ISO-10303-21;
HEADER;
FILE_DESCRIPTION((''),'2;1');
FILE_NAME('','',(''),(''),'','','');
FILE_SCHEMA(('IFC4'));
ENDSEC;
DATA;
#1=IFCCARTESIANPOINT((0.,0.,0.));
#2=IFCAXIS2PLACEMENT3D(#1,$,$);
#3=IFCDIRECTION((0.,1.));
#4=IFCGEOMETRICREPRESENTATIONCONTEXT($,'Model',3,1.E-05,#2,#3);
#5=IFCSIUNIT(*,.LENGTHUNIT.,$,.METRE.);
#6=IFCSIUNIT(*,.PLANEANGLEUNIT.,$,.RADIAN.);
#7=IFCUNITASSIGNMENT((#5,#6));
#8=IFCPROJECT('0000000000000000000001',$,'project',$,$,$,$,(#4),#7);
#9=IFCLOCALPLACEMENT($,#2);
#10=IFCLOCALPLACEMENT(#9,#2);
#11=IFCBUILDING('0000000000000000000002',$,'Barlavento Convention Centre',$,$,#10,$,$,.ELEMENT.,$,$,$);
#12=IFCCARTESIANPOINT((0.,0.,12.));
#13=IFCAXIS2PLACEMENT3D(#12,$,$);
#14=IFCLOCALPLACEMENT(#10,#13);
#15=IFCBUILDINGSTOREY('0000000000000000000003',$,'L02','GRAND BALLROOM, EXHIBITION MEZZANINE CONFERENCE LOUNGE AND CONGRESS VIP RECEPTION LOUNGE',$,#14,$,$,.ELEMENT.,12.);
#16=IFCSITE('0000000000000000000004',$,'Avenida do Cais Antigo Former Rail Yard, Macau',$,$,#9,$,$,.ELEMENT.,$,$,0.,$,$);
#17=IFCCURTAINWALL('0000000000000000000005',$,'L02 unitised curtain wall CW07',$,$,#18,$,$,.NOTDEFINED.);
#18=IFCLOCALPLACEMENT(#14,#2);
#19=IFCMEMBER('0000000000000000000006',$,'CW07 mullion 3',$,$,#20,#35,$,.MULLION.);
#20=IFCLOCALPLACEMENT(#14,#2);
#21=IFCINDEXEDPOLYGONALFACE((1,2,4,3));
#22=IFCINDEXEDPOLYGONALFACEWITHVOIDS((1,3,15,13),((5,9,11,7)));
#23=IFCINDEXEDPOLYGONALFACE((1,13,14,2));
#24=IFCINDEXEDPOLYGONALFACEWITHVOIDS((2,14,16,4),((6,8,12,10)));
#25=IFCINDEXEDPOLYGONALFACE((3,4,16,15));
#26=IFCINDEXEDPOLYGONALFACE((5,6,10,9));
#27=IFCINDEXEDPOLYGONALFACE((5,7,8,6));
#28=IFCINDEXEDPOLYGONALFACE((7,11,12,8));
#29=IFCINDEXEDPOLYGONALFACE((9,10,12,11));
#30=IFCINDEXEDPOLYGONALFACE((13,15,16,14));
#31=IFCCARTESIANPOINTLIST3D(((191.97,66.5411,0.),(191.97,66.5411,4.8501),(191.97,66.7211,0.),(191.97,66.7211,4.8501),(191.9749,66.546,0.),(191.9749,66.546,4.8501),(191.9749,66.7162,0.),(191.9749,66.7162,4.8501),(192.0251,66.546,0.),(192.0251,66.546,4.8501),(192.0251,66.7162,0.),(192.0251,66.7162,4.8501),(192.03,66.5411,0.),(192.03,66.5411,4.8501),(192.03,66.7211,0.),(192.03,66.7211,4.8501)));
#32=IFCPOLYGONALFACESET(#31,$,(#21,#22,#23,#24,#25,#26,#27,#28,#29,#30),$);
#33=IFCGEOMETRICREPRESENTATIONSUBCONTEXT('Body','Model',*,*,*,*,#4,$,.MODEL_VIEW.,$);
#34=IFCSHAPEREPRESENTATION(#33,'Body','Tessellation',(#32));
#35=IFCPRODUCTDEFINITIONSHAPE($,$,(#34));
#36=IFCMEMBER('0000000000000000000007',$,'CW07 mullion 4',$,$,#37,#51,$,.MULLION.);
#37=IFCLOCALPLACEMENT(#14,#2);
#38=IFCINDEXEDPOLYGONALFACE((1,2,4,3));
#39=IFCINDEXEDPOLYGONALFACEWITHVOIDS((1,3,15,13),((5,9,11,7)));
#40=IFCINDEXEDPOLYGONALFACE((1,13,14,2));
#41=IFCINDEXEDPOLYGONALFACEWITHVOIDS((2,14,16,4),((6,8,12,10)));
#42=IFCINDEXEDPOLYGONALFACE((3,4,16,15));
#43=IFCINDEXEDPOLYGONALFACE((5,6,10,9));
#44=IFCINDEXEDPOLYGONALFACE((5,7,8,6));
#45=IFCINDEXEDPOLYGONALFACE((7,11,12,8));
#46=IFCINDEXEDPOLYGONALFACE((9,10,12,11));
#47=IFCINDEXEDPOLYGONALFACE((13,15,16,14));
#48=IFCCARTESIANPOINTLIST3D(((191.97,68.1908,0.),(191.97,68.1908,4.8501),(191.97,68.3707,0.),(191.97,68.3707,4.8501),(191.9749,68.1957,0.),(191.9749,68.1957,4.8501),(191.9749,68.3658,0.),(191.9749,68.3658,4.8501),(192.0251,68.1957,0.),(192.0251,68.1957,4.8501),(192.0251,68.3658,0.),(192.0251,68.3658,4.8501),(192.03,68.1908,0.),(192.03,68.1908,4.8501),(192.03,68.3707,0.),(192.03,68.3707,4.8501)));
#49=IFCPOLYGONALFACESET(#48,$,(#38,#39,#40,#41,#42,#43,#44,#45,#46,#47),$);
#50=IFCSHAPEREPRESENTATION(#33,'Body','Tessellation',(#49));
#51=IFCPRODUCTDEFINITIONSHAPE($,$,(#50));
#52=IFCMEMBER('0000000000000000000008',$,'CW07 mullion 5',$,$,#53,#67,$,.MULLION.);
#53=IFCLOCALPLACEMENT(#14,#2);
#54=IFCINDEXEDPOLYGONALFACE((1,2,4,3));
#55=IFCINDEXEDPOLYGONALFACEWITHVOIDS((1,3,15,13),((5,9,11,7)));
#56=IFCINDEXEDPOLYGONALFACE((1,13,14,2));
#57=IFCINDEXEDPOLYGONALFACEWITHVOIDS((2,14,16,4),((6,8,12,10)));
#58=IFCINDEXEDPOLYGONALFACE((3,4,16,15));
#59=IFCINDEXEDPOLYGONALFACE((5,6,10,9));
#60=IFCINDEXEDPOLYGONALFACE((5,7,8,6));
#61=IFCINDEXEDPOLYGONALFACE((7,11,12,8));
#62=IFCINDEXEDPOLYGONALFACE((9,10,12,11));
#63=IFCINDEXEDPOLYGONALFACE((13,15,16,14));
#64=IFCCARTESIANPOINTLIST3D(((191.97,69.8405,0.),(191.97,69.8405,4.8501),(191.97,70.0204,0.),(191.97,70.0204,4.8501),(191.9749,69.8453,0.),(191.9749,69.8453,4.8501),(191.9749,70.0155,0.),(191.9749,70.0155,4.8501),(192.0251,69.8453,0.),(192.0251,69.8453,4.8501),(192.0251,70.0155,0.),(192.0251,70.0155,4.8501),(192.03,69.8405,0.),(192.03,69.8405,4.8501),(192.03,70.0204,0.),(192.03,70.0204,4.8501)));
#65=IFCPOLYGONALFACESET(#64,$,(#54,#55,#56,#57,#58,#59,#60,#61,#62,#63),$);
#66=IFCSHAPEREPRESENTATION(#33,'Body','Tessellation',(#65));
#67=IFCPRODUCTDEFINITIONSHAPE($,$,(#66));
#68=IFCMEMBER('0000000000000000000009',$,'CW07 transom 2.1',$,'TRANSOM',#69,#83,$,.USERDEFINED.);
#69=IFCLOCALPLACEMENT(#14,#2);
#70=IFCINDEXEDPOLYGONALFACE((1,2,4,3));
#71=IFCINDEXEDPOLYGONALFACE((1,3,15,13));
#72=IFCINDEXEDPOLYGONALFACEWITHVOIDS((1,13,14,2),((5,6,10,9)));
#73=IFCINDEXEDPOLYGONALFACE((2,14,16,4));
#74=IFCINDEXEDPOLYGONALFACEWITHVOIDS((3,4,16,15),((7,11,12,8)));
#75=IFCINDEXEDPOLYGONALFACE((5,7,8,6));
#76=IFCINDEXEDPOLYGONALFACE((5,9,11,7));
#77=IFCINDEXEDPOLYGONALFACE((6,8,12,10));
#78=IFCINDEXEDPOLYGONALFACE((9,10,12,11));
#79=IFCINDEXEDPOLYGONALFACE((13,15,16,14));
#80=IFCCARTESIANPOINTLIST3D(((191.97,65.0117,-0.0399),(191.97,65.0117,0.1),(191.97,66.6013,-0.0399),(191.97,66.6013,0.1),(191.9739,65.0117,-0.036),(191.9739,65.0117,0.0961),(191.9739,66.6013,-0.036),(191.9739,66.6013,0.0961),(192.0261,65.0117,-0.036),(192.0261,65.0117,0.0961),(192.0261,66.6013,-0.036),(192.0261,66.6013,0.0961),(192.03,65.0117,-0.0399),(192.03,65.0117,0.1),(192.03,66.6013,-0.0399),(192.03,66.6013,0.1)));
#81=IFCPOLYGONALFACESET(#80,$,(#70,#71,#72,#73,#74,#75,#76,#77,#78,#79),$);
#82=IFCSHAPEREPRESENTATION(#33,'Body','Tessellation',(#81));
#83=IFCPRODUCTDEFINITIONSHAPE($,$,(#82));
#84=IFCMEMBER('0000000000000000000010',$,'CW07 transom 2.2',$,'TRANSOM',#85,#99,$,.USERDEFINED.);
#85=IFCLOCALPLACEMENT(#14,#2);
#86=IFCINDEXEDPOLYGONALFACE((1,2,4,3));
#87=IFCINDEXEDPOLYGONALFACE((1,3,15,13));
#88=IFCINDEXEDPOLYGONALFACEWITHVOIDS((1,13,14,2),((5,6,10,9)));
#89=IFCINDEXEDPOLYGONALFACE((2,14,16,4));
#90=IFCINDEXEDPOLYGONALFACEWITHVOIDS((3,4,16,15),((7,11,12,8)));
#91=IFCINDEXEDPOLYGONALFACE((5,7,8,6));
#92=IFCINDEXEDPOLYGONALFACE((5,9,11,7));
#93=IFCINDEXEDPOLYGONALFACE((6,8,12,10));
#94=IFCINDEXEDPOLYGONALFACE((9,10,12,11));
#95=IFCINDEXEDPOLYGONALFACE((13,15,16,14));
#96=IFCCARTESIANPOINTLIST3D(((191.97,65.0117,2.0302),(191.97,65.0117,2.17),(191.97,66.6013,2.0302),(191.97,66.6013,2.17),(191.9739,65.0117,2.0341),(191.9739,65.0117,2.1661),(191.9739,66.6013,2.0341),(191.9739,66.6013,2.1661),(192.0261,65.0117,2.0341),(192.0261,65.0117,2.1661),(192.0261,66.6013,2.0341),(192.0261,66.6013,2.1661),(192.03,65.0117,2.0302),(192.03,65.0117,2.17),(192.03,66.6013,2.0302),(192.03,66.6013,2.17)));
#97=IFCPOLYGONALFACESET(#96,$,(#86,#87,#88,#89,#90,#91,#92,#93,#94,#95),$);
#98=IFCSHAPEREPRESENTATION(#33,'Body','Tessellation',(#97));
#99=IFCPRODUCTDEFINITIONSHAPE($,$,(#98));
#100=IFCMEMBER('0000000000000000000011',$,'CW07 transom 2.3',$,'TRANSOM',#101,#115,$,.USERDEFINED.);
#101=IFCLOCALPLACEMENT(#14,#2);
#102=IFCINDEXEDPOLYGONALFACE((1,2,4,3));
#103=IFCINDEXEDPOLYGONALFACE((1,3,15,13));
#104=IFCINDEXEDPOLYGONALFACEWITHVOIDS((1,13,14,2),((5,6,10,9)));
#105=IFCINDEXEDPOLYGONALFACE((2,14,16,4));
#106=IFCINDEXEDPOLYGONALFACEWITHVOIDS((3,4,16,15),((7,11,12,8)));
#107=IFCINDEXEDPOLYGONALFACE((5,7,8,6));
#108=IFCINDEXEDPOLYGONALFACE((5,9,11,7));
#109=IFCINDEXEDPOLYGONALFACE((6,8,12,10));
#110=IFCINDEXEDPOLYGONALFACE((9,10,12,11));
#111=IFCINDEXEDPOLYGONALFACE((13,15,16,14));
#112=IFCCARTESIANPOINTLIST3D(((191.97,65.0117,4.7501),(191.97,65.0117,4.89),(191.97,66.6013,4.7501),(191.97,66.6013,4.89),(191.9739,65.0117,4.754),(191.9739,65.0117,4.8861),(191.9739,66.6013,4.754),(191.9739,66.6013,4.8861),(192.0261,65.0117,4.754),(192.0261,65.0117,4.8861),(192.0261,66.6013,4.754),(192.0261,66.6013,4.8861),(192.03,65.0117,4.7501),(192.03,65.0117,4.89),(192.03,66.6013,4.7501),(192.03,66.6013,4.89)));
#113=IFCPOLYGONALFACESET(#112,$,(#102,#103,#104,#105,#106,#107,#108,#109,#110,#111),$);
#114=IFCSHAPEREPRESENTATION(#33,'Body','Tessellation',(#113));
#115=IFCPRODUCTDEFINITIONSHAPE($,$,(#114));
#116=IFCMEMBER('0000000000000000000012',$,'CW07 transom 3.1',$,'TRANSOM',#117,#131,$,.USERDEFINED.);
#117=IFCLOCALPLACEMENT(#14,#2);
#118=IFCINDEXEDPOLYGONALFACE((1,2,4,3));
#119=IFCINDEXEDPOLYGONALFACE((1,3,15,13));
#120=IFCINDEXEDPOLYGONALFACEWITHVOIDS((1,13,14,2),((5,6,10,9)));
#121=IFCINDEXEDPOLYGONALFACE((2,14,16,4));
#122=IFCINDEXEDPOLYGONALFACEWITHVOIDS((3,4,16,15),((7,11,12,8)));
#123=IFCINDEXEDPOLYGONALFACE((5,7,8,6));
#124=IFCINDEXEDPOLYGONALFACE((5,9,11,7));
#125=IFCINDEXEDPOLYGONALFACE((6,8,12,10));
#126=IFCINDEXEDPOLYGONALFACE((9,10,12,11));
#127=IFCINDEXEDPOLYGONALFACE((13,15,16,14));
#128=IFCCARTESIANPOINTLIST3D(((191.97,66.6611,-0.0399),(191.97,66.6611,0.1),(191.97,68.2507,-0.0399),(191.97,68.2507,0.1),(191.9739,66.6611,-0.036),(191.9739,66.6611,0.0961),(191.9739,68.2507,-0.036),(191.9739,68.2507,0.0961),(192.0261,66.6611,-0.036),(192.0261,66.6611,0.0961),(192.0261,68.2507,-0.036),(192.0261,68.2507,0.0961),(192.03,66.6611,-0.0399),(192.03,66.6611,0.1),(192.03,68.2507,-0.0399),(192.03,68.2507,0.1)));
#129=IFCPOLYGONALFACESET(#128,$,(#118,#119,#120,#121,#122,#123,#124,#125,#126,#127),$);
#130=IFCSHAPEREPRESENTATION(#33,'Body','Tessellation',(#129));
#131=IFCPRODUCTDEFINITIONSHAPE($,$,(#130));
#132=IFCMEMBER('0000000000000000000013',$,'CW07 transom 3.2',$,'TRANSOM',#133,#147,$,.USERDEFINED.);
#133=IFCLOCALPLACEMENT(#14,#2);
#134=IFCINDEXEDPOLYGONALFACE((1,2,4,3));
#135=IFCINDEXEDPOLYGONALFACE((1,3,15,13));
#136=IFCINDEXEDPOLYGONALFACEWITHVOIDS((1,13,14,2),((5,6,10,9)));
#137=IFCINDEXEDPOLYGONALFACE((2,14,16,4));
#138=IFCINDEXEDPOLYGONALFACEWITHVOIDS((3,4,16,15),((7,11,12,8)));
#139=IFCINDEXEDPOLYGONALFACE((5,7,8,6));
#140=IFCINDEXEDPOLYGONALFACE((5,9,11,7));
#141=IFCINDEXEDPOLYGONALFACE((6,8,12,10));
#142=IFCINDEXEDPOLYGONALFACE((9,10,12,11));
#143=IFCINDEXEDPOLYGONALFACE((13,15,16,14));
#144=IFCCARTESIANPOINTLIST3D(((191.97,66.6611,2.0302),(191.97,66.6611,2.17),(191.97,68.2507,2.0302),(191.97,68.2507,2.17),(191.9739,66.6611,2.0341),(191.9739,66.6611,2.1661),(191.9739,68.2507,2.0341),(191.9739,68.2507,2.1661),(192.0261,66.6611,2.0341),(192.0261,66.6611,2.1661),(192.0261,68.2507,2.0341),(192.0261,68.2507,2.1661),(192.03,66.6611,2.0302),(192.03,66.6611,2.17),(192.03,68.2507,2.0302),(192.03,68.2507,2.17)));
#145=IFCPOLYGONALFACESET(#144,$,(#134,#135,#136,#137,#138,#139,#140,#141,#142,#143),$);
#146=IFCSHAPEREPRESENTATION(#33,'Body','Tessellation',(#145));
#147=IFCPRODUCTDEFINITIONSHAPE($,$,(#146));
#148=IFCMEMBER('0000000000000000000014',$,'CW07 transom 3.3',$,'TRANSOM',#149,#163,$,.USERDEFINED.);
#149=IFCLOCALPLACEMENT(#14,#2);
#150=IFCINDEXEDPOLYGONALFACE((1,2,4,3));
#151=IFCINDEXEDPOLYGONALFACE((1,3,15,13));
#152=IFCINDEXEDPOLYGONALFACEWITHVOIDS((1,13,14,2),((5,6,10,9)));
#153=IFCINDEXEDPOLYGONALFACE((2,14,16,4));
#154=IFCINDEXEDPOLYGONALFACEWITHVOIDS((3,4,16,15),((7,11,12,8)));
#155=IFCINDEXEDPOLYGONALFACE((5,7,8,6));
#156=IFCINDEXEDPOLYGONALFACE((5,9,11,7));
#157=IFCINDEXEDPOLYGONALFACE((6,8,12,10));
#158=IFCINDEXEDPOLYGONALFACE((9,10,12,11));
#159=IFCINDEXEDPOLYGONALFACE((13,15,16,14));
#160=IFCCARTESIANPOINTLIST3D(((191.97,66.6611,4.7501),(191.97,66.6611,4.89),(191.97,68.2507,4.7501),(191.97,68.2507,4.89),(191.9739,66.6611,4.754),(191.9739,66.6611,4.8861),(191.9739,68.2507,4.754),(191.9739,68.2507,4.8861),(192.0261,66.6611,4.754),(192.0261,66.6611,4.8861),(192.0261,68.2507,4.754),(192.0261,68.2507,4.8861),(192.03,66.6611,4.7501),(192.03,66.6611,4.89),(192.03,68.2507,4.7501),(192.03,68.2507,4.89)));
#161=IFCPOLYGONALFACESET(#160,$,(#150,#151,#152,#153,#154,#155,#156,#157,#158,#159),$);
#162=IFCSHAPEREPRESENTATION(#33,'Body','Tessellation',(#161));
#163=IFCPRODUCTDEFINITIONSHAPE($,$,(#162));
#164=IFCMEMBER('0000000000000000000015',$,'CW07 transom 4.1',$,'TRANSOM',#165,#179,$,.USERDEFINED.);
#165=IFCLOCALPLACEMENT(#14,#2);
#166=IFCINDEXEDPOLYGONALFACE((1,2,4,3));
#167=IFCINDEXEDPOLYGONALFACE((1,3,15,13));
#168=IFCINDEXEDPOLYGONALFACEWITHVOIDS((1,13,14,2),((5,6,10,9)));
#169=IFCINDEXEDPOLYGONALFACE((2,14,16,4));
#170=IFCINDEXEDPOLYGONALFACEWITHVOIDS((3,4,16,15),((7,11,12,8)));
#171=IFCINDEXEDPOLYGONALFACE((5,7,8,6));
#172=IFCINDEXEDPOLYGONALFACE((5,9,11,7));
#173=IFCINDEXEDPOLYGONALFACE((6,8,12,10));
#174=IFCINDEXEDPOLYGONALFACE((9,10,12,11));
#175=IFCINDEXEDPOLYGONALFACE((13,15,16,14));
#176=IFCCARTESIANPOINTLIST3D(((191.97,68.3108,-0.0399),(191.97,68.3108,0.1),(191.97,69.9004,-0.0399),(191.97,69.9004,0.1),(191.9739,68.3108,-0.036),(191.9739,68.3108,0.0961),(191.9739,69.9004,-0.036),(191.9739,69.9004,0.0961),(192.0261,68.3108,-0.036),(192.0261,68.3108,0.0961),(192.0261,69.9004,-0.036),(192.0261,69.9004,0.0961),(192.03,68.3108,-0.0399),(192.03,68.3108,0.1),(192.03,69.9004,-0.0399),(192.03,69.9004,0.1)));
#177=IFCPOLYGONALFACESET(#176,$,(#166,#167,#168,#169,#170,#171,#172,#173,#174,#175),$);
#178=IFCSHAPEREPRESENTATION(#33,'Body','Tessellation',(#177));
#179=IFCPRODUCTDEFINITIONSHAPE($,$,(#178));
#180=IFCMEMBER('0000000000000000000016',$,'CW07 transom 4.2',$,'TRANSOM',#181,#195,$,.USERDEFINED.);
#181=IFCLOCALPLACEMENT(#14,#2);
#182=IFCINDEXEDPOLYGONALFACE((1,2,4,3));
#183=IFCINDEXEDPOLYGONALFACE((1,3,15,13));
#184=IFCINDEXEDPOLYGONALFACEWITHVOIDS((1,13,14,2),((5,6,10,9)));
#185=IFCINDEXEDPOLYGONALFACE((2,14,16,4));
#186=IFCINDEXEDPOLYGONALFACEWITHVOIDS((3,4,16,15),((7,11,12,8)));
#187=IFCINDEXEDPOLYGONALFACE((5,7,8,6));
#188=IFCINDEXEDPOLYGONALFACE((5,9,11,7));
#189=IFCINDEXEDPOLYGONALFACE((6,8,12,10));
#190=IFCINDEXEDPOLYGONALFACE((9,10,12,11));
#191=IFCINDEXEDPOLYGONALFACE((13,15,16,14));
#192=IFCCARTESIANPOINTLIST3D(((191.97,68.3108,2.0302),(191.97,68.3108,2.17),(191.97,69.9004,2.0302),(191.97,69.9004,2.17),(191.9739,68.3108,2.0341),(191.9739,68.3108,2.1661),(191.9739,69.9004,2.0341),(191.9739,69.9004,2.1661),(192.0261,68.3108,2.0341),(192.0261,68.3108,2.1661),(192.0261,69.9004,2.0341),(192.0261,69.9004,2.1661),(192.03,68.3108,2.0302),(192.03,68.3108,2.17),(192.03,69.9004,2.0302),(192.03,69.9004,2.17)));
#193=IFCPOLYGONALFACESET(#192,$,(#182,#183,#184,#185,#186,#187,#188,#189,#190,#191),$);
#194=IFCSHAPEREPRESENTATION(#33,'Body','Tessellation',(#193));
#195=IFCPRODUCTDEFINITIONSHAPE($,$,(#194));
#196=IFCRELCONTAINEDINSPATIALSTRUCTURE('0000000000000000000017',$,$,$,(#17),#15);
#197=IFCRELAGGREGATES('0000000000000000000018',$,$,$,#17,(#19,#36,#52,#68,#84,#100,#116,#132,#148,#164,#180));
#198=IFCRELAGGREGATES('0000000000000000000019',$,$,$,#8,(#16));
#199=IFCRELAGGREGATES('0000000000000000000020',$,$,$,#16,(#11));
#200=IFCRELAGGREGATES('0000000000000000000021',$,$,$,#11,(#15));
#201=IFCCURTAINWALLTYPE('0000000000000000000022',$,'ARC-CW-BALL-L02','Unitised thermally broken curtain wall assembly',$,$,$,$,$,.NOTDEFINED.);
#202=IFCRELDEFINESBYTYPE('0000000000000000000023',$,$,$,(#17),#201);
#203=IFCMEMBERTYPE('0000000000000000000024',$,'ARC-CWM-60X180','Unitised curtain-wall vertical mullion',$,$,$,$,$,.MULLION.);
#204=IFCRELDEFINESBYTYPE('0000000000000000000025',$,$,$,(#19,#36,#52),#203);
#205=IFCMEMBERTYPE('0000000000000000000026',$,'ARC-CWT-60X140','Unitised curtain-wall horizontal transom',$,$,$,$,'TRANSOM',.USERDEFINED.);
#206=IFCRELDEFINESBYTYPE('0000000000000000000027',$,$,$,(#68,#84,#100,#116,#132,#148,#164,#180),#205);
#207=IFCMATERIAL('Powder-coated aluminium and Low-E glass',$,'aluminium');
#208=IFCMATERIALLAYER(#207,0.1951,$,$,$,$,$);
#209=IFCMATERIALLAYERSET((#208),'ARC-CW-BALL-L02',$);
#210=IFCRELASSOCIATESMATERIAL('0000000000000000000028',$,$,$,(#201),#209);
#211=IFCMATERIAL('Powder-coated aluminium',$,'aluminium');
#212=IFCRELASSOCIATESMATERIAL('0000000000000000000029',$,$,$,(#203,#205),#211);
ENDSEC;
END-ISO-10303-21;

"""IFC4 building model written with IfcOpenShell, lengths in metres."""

from ifc_helpers import new_model, si_unit, direction, frame, origin, origin_2d, place, context, subcontext, project, spatial, hollow_rectangle, extrude, material, layer, layer_set, material_profile, profile_set, type_object, element, aggregate, save


model = new_model("IFC4")

# Units and contexts
model_context = context("Model", 3, precision=1e-05, world=origin(), true_north=direction((0.0, 1.0)))
body_context = subcontext(model_context, "Body", "Model", "MODEL_VIEW")
ifc_project = project(units=[si_unit("LENGTHUNIT", "METRE"), si_unit("PLANEANGLEUNIT", "RADIAN")], contexts=[model_context])

# Site, building, storey
site_placement = place(None, origin())
site = spatial("IfcSite", under=ifc_project, at=site_placement, Name="Avenida do Cais Antigo Former Rail Yard, Macau", CompositionType="ELEMENT", RefElevation=0.0)
building_placement = place(site_placement, origin())
building = spatial("IfcBuilding", under=site, at=building_placement, Name="Barlavento Convention Centre", CompositionType="ELEMENT")
storey_placement = place(building_placement, frame((0.0, 0.0, 12.0)))
storey = spatial("IfcBuildingStorey", under=building, at=storey_placement, Name="L02", Description="GRAND BALLROOM, EXHIBITION MEZZANINE CONFERENCE LOUNGE AND CONGRESS VIP RECEPTION LOUNGE", CompositionType="ELEMENT", Elevation=12.0)

# Curtain wall, members
ifc_material_1 = material(Name="Powder-coated aluminium and Low-E glass", Category="aluminium")
ifc_layer_1 = layer(ifc_material_1, 0.1951)
ifc_layer_set_1 = layer_set([ifc_layer_1], Name="ARC-CW-BALL-L02")
curtain_wall_type = type_object("IfcCurtainWallType", Name="ARC-CW-BALL-L02", Description="Unitised thermally broken curtain wall assembly", PredefinedType="NOTDEFINED", material=ifc_layer_set_1)
curtain_wall_placement = place(storey_placement, origin())
curtain_wall = element("IfcCurtainWall", 1, at=curtain_wall_placement, inside=storey, type_object=curtain_wall_type, Name="L02 unitised curtain wall CW07", PredefinedType="NOTDEFINED")
ifc_material_2 = material(Name="Powder-coated aluminium", Category="aluminium")
ifc_material_profile_1 = material_profile(ifc_material_2, hollow_rectangle(XDim=0.0601, YDim=0.1799, WallThickness=0.0049, at=origin_2d()), Name="AL-MULL 60x180x5")
ifc_profile_set_1 = profile_set([ifc_material_profile_1], Name="Powder-coated aluminium")
member_type_1 = type_object("IfcMemberType", Name="ARC-CWM-60X180", Description="Unitised curtain-wall vertical mullion", PredefinedType="MULLION", material=ifc_profile_set_1)
member_1_placement = place(storey_placement, frame((192.0, 66.6311, 0.0), z_axis=(0.0, 0.0, 1.0), x_axis=(-1.0, 0.0, 0.0)))
member_1 = element("IfcMember", 2, at=member_1_placement, type_object=member_type_1, Name="CW07 mullion 3", PredefinedType="MULLION", context=body_context, shape_type="SweptSolid", body=[
    extrude(hollow_rectangle(XDim=0.0601, YDim=0.1799, WallThickness=0.0049, at=origin_2d()), origin(), (0.0, 0.0, 1.0), 4.8501),
])
member_2_placement = place(storey_placement, frame((192.0, 68.2808, 0.0), z_axis=(0.0, 0.0, 1.0), x_axis=(-1.0, 0.0, 0.0)))
member_2 = element("IfcMember", 3, at=member_2_placement, type_object=member_type_1, Name="CW07 mullion 4", PredefinedType="MULLION", context=body_context, shape_type="SweptSolid", body=[
    extrude(hollow_rectangle(XDim=0.0601, YDim=0.1799, WallThickness=0.0049, at=origin_2d()), origin(), (0.0, 0.0, 1.0), 4.8501),
])
member_3_placement = place(storey_placement, frame((192.0, 69.9304, 0.0), z_axis=(0.0, 0.0, 1.0), x_axis=(-1.0, 0.0, 0.0)))
member_3 = element("IfcMember", 4, at=member_3_placement, type_object=member_type_1, Name="CW07 mullion 5", PredefinedType="MULLION", context=body_context, shape_type="SweptSolid", body=[
    extrude(hollow_rectangle(XDim=0.0601, YDim=0.1799, WallThickness=0.0049, at=origin_2d()), origin(), (0.0, 0.0, 1.0), 4.8501),
])
ifc_material_profile_2 = material_profile(ifc_material_2, hollow_rectangle(XDim=0.0601, YDim=0.1399, WallThickness=0.0039, at=origin_2d()), Name="AL-TRAN 60x140x4")
ifc_profile_set_2 = profile_set([ifc_material_profile_2], Name="Powder-coated aluminium")
member_type_2 = type_object("IfcMemberType", Name="ARC-CWT-60X140", Description="Unitised curtain-wall horizontal transom", ElementType="TRANSOM", PredefinedType="USERDEFINED", material=ifc_profile_set_2)
member_4_placement = place(storey_placement, frame((192.0, 65.0117, 0.03), z_axis=(0.0, 1.0, 0.0), x_axis=(-1.0, 0.0, 0.0)))
member_4 = element("IfcMember", 5, at=member_4_placement, type_object=member_type_2, Name="CW07 transom 2.1", ObjectType="TRANSOM", PredefinedType="USERDEFINED", context=body_context, shape_type="SweptSolid", body=[
    extrude(hollow_rectangle(XDim=0.0601, YDim=0.1399, WallThickness=0.0039, at=origin_2d()), origin(), (0.0, 0.0, 1.0), 1.5896),
])
member_5_placement = place(storey_placement, frame((192.0, 65.0117, 2.1001), z_axis=(0.0, 1.0, 0.0), x_axis=(-1.0, 0.0, 0.0)))
member_5 = element("IfcMember", 6, at=member_5_placement, type_object=member_type_2, Name="CW07 transom 2.2", ObjectType="TRANSOM", PredefinedType="USERDEFINED", context=body_context, shape_type="SweptSolid", body=[
    extrude(hollow_rectangle(XDim=0.0601, YDim=0.1399, WallThickness=0.0039, at=origin_2d()), origin(), (0.0, 0.0, 1.0), 1.5896),
])
member_6_placement = place(storey_placement, frame((192.0, 65.0117, 4.8201), z_axis=(0.0, 1.0, 0.0), x_axis=(-1.0, 0.0, 0.0)))
member_6 = element("IfcMember", 7, at=member_6_placement, type_object=member_type_2, Name="CW07 transom 2.3", ObjectType="TRANSOM", PredefinedType="USERDEFINED", context=body_context, shape_type="SweptSolid", body=[
    extrude(hollow_rectangle(XDim=0.0601, YDim=0.1399, WallThickness=0.0039, at=origin_2d()), origin(), (0.0, 0.0, 1.0), 1.5896),
])
member_7_placement = place(storey_placement, frame((192.0, 66.6611, 0.03), z_axis=(0.0, 1.0, 0.0), x_axis=(-1.0, 0.0, 0.0)))
member_7 = element("IfcMember", 8, at=member_7_placement, type_object=member_type_2, Name="CW07 transom 3.1", ObjectType="TRANSOM", PredefinedType="USERDEFINED", context=body_context, shape_type="SweptSolid", body=[
    extrude(hollow_rectangle(XDim=0.0601, YDim=0.1399, WallThickness=0.0039, at=origin_2d()), origin(), (0.0, 0.0, 1.0), 1.5896),
])
member_8_placement = place(storey_placement, frame((192.0, 66.6611, 2.1001), z_axis=(0.0, 1.0, 0.0), x_axis=(-1.0, 0.0, 0.0)))
member_8 = element("IfcMember", 9, at=member_8_placement, type_object=member_type_2, Name="CW07 transom 3.2", ObjectType="TRANSOM", PredefinedType="USERDEFINED", context=body_context, shape_type="SweptSolid", body=[
    extrude(hollow_rectangle(XDim=0.0601, YDim=0.1399, WallThickness=0.0039, at=origin_2d()), origin(), (0.0, 0.0, 1.0), 1.5896),
])
member_9_placement = place(storey_placement, frame((192.0, 66.6611, 4.8201), z_axis=(0.0, 1.0, 0.0), x_axis=(-1.0, 0.0, 0.0)))
member_9 = element("IfcMember", 10, at=member_9_placement, type_object=member_type_2, Name="CW07 transom 3.3", ObjectType="TRANSOM", PredefinedType="USERDEFINED", context=body_context, shape_type="SweptSolid", body=[
    extrude(hollow_rectangle(XDim=0.0601, YDim=0.1399, WallThickness=0.0039, at=origin_2d()), origin(), (0.0, 0.0, 1.0), 1.5896),
])
member_10_placement = place(storey_placement, frame((192.0, 68.3108, 0.03), z_axis=(0.0, 1.0, 0.0), x_axis=(-1.0, 0.0, 0.0)))
member_10 = element("IfcMember", 11, at=member_10_placement, type_object=member_type_2, Name="CW07 transom 4.1", ObjectType="TRANSOM", PredefinedType="USERDEFINED", context=body_context, shape_type="SweptSolid", body=[
    extrude(hollow_rectangle(XDim=0.0601, YDim=0.1399, WallThickness=0.0039, at=origin_2d()), origin(), (0.0, 0.0, 1.0), 1.5896),
])
member_11_placement = place(storey_placement, frame((192.0, 68.3108, 2.1001), z_axis=(0.0, 1.0, 0.0), x_axis=(-1.0, 0.0, 0.0)))
member_11 = element("IfcMember", 12, at=member_11_placement, type_object=member_type_2, Name="CW07 transom 4.2", ObjectType="TRANSOM", PredefinedType="USERDEFINED", context=body_context, shape_type="SweptSolid", body=[
    extrude(hollow_rectangle(XDim=0.0601, YDim=0.1399, WallThickness=0.0039, at=origin_2d()), origin(), (0.0, 0.0, 1.0), 1.5896),
])
aggregate(curtain_wall, [member_1, member_2, member_3, member_4, member_5, member_6, member_7, member_8, member_9, member_10, member_11])

save(model, "model.ifc")
